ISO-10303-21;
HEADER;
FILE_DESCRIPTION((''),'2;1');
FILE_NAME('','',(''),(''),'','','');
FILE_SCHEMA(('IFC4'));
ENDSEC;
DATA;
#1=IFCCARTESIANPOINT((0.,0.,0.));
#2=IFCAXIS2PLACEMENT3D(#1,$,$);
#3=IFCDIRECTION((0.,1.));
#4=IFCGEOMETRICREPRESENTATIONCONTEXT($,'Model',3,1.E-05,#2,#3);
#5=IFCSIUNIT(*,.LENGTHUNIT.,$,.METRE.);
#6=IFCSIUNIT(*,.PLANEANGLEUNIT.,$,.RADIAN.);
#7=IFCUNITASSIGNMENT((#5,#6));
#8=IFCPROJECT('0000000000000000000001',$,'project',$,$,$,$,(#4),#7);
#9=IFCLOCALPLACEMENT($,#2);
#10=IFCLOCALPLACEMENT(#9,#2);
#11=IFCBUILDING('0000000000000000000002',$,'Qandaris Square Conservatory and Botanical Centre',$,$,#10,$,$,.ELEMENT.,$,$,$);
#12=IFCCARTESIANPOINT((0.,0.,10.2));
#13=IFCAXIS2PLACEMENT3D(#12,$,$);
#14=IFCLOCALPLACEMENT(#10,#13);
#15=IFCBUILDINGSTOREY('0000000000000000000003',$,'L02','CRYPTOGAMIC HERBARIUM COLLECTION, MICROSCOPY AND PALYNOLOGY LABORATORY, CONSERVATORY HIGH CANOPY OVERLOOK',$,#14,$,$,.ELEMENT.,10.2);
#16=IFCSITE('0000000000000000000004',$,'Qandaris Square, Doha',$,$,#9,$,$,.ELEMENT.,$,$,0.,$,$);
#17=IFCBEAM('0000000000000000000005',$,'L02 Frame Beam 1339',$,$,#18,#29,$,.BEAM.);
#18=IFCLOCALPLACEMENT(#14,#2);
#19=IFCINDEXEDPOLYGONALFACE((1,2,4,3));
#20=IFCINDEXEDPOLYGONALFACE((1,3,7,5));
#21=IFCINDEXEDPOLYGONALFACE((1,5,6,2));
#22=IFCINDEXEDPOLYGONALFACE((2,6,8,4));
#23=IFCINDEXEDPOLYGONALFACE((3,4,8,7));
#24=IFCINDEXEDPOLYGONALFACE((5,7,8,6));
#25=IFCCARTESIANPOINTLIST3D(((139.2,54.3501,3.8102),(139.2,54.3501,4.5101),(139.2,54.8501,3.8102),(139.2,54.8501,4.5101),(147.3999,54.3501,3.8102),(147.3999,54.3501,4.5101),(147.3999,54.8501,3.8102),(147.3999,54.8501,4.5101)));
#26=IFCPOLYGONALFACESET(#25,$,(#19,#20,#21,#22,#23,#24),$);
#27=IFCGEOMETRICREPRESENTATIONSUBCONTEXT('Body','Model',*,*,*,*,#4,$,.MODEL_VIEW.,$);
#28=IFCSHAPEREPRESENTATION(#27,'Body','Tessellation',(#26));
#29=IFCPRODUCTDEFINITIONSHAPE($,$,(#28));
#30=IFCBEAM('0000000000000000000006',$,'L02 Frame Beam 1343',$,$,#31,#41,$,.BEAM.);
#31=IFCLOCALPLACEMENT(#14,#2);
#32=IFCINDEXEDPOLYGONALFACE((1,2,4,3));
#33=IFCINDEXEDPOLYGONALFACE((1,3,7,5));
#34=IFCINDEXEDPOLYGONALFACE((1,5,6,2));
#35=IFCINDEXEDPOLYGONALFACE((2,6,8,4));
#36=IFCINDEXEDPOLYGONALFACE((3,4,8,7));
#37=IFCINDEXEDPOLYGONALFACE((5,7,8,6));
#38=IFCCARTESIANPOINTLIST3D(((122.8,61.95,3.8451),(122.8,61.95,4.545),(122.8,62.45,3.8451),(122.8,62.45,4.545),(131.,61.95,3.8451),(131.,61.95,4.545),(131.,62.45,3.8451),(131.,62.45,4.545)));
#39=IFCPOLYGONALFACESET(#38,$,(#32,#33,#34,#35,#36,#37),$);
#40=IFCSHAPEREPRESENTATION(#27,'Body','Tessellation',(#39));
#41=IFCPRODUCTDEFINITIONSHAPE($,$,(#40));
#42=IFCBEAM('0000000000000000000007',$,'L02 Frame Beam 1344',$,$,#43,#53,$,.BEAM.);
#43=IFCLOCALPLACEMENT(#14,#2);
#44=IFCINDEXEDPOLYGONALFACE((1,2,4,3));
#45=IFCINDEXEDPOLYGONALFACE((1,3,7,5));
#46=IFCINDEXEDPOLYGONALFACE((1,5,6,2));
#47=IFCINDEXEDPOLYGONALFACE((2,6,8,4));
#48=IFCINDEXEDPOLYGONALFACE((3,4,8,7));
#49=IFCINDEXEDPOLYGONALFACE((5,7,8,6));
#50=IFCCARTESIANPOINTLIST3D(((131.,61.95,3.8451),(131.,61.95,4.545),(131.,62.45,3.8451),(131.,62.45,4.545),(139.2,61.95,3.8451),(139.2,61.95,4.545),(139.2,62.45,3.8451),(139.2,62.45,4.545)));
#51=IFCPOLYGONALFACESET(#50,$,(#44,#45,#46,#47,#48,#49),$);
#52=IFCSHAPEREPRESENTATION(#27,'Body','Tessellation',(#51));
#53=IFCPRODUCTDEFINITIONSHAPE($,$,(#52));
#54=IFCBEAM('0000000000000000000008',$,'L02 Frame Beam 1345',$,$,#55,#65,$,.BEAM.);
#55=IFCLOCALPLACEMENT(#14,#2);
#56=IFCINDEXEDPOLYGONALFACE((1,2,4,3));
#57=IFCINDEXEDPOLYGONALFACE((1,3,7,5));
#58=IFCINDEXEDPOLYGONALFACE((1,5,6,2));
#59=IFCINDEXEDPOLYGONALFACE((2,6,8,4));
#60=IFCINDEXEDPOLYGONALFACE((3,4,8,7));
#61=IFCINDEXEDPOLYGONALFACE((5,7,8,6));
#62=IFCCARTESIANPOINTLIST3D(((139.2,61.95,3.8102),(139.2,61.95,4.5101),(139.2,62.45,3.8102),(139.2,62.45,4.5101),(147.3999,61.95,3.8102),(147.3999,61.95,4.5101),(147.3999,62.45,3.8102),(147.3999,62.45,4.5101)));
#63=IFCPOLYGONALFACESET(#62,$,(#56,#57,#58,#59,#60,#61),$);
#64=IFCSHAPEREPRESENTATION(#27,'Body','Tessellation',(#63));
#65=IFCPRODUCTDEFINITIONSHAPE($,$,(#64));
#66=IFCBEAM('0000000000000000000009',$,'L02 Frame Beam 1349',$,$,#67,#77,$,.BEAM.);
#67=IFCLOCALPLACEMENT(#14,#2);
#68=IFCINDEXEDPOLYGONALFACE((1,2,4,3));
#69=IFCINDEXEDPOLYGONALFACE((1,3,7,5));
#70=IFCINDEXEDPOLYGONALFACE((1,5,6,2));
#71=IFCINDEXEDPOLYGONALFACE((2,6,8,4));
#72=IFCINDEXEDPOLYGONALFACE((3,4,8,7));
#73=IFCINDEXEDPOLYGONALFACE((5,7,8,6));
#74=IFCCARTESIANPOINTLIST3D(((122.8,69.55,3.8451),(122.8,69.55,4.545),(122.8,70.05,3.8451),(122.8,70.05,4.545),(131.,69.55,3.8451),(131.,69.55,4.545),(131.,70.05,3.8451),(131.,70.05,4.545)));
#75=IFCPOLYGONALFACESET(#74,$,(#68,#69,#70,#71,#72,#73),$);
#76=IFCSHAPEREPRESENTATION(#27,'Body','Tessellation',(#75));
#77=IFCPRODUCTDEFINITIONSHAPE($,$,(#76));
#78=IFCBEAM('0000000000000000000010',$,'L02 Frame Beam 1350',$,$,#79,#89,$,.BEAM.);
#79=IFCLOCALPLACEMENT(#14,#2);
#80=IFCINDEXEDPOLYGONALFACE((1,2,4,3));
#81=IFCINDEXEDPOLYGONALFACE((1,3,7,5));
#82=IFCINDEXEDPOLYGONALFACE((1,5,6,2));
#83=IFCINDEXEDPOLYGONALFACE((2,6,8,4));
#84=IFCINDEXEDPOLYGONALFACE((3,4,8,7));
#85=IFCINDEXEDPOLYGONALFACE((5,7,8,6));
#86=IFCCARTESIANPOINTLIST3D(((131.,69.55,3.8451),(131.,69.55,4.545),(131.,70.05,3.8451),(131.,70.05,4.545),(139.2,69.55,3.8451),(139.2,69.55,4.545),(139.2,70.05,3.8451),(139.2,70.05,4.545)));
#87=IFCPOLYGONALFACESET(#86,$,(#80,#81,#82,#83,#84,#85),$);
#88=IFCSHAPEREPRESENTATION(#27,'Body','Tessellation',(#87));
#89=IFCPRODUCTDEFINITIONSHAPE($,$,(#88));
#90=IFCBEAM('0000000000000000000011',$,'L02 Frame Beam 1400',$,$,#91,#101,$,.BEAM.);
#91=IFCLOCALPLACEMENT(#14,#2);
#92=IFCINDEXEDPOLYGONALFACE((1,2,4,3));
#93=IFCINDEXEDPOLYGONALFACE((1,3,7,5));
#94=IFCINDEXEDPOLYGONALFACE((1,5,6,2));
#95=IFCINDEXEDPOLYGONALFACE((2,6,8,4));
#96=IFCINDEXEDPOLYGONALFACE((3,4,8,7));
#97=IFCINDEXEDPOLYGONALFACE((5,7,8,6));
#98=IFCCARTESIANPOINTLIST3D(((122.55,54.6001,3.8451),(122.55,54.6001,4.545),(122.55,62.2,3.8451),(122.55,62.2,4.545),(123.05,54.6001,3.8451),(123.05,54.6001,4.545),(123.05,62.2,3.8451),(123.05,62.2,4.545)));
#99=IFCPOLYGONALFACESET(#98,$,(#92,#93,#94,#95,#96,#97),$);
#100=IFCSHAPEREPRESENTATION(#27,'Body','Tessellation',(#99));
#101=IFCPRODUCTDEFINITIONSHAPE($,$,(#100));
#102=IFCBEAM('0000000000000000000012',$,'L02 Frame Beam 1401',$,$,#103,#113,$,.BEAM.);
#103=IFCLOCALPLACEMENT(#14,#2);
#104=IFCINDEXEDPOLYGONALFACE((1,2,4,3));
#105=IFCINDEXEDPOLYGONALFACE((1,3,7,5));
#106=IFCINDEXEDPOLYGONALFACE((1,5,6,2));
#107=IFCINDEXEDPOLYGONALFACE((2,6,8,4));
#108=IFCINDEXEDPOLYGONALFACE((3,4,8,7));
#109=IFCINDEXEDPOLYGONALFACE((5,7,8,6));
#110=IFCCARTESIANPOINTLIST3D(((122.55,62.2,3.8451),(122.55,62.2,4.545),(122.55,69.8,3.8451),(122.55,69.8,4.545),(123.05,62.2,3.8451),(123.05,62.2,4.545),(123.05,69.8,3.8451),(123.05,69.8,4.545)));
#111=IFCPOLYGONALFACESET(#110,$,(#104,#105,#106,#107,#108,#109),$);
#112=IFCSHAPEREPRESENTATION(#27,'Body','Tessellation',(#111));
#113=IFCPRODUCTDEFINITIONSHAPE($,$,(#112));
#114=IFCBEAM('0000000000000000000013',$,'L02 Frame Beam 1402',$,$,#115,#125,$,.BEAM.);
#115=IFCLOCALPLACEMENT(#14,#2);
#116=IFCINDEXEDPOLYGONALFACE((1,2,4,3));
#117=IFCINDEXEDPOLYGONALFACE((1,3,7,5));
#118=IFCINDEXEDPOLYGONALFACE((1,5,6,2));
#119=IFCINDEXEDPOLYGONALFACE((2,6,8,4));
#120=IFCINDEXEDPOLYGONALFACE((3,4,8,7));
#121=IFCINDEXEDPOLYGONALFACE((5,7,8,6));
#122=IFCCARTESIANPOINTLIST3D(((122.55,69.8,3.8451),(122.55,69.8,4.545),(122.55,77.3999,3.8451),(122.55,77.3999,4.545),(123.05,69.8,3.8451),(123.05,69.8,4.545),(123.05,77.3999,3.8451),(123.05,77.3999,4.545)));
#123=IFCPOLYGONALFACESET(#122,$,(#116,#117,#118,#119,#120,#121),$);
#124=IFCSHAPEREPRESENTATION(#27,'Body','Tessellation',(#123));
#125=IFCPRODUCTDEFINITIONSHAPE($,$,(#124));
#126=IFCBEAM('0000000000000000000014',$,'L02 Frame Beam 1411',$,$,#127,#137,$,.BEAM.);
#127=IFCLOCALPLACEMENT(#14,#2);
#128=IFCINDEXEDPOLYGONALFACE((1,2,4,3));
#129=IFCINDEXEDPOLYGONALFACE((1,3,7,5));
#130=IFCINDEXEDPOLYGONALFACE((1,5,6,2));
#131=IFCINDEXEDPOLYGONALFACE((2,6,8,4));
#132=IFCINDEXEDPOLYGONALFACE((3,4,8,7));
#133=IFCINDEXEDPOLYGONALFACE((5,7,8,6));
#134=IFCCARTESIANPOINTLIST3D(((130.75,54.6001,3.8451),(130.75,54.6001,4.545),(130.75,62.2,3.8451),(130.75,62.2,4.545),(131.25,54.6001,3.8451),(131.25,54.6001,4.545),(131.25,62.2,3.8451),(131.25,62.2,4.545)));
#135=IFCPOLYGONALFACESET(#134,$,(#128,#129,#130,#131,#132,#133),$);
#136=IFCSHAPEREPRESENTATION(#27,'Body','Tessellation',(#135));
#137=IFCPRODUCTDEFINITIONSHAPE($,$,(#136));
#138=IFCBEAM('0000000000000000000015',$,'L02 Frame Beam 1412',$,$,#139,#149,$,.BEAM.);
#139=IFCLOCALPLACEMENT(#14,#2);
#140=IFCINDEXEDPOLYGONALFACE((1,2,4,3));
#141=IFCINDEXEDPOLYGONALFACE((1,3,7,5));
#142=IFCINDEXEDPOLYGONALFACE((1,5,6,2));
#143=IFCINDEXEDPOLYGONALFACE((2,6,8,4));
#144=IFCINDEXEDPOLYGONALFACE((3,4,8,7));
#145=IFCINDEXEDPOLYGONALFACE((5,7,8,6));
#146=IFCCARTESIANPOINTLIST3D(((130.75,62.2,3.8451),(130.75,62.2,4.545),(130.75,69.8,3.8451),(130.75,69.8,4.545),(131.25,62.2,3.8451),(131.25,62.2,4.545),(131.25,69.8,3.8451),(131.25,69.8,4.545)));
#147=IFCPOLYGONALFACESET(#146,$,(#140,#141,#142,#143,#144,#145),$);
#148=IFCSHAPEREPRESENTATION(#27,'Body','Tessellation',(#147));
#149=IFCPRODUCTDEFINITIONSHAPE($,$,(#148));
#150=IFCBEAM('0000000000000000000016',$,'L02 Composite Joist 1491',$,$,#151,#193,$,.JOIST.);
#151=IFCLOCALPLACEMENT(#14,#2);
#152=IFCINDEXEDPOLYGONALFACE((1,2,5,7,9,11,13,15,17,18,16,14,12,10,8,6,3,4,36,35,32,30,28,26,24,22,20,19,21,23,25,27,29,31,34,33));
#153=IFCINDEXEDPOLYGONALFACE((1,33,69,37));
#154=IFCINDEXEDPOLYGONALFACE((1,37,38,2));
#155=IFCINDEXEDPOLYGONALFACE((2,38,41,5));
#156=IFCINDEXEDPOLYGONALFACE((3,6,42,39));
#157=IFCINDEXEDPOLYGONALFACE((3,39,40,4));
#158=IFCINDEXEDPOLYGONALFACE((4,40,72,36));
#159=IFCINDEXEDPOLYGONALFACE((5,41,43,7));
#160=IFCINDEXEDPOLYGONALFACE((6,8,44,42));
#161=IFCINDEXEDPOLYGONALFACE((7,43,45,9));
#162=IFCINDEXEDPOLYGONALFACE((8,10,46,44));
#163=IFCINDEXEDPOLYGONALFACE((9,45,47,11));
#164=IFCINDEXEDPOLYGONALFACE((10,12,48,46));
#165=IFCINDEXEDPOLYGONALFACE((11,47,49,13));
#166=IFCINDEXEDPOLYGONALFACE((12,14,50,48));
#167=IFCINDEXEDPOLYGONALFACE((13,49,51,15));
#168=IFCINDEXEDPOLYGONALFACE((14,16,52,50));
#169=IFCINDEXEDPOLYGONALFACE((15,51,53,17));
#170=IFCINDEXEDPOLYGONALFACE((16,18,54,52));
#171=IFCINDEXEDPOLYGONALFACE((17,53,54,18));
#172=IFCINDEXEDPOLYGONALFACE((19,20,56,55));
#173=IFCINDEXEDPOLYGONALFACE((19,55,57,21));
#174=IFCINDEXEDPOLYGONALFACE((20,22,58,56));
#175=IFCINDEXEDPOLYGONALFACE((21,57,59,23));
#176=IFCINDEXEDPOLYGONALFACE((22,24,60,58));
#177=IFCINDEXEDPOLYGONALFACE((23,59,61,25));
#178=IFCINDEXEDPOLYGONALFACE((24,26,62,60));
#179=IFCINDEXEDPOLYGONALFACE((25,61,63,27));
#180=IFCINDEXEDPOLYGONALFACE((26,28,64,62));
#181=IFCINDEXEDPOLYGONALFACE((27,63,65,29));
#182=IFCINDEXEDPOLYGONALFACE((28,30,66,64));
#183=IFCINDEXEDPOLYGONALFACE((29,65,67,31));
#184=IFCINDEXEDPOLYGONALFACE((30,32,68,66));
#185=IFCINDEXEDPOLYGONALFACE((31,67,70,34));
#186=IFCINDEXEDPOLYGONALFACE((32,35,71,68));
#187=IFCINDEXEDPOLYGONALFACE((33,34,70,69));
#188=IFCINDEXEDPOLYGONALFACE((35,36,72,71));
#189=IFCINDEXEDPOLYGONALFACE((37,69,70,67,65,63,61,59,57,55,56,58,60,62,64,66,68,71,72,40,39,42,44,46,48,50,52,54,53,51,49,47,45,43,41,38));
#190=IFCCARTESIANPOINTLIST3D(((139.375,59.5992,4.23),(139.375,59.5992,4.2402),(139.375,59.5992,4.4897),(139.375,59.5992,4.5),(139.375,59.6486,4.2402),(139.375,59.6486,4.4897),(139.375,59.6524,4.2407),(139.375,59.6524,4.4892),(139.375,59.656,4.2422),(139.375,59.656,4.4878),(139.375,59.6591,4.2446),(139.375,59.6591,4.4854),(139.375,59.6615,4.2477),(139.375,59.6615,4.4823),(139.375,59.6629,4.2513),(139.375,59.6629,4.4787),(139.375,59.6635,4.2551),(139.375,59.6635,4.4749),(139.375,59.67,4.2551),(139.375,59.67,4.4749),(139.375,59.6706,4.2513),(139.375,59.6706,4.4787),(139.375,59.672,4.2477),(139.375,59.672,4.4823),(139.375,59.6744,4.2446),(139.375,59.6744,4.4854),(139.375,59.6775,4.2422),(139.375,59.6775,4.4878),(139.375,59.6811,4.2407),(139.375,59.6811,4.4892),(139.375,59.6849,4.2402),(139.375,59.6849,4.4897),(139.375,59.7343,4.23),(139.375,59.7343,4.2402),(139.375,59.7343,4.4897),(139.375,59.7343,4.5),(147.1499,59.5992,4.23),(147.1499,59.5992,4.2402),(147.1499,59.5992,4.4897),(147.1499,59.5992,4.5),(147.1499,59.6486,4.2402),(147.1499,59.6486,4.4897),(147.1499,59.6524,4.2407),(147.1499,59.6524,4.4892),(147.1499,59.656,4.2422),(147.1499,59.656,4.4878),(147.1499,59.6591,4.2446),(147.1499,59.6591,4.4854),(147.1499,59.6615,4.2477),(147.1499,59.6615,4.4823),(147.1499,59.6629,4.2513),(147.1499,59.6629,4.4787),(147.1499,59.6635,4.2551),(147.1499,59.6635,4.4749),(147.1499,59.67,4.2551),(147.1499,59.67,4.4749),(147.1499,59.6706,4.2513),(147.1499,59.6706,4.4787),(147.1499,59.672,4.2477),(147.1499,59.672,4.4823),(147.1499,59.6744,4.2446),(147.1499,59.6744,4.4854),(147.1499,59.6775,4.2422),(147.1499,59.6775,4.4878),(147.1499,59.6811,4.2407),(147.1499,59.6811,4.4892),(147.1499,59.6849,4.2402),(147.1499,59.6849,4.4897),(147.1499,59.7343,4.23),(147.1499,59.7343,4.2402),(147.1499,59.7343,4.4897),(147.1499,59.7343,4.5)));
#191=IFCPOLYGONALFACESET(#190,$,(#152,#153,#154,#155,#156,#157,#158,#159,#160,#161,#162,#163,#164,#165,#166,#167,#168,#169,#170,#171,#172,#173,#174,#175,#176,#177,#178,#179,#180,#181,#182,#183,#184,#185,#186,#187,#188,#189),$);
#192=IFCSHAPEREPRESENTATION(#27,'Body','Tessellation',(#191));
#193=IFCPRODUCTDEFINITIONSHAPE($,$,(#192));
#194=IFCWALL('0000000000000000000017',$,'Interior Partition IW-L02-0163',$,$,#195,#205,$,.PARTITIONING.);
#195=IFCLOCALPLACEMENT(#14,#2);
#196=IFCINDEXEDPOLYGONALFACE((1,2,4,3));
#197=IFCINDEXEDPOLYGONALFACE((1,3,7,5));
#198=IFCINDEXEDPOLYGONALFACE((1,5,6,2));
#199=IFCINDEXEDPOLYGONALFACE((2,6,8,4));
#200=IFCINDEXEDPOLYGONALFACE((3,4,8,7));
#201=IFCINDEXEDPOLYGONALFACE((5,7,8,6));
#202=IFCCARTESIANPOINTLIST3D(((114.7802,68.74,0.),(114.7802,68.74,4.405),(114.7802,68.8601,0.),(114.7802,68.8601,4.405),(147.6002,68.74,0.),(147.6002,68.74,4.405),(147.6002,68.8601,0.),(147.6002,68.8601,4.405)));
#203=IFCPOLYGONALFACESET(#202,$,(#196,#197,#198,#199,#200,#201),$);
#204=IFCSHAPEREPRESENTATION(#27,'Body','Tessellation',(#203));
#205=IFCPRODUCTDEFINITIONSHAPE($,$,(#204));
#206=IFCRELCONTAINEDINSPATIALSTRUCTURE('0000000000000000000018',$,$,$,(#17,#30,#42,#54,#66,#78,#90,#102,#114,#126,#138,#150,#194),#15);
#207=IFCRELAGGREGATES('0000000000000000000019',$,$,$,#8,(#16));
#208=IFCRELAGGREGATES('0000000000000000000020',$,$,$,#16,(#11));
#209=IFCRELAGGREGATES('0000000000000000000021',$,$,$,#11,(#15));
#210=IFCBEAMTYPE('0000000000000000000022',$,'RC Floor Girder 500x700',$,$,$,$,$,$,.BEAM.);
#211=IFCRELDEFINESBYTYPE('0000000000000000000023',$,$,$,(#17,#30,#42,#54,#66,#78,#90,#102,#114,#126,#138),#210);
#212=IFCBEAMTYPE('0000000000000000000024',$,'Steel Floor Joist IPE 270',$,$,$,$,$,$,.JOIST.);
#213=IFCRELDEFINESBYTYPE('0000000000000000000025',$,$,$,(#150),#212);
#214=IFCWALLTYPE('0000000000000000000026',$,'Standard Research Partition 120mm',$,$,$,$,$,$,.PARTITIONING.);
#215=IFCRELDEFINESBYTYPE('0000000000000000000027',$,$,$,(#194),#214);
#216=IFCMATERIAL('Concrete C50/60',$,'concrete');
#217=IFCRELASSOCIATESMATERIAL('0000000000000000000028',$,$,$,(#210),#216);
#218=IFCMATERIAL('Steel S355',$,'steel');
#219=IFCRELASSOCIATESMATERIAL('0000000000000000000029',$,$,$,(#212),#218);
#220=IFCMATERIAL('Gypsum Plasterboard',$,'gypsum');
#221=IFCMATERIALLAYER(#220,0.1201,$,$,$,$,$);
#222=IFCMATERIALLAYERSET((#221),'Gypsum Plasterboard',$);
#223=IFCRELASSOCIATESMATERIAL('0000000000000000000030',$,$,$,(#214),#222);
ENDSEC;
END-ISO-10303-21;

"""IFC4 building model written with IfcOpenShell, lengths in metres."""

from ifc_helpers import new_model, si_unit, direction, frame, frame_2d, origin, origin_2d, place, context, subcontext, project, spatial, rectangle, i_section, extrude, material, layer, layer_set, material_profile, profile_set, type_object, element, save


model = new_model("IFC4")

# Units and contexts
model_context = context("Model", 3, precision=1e-05, world=origin(), true_north=direction((0.0, 1.0)))
body_context = subcontext(model_context, "Body", "Model", "MODEL_VIEW")
ifc_project = project(units=[si_unit("LENGTHUNIT", "METRE"), si_unit("PLANEANGLEUNIT", "RADIAN")], contexts=[model_context])

# Site, building, storey
site_placement = place(None, origin())
site = spatial("IfcSite", under=ifc_project, at=site_placement, Name="Qandaris Square, Doha", CompositionType="ELEMENT", RefElevation=0.0)
building_placement = place(site_placement, origin())
building = spatial("IfcBuilding", under=site, at=building_placement, Name="Qandaris Square Conservatory and Botanical Centre", CompositionType="ELEMENT")
storey_placement = place(building_placement, frame((0.0, 0.0, 10.2)))
storey = spatial("IfcBuildingStorey", under=building, at=storey_placement, Name="L02", Description="CRYPTOGAMIC HERBARIUM COLLECTION, MICROSCOPY AND PALYNOLOGY LABORATORY, CONSERVATORY HIGH CANOPY OVERLOOK", CompositionType="ELEMENT", Elevation=10.2)

# Shared definitions
ifc_material_1 = material(Name="Concrete C50/60", Category="concrete")

# Beams
ifc_material_2 = material(Name="Steel S355", Category="steel")
ifc_material_profile_1 = material_profile(ifc_material_1, rectangle(XDim=0.5, YDim=0.7, at=origin_2d()), Name="RC-BM 500x700")
ifc_profile_set_1 = profile_set([ifc_material_profile_1], Name="Concrete C50/60")
beam_type_1 = type_object("IfcBeamType", Name="RC Floor Girder 500x700", PredefinedType="BEAM", material=ifc_profile_set_1)
for number, where, z_axis, x_axis, name in (
    (1, (139.2, 54.6001, 4.1602), (1.0, 0.0, 0.0), (0.0, 1.0, 0.0), "L02 Frame Beam 1339"),
    (2, (122.8, 62.2, 4.1951), (1.0, 0.0, 0.0), (0.0, 1.0, 0.0), "L02 Frame Beam 1343"),
    (3, (131.0, 62.2, 4.1951), (1.0, 0.0, 0.0), (0.0, 1.0, 0.0), "L02 Frame Beam 1344"),
    (4, (139.2, 62.2, 4.1602), (1.0, 0.0, 0.0), (0.0, 1.0, 0.0), "L02 Frame Beam 1345"),
    (5, (122.8, 69.8, 4.1951), (1.0, 0.0, 0.0), (0.0, 1.0, 0.0), "L02 Frame Beam 1349"),
    (6, (131.0, 69.8, 4.1951), (1.0, 0.0, 0.0), (0.0, 1.0, 0.0), "L02 Frame Beam 1350"),
):
    element("IfcBeam", number, at=place(storey_placement, frame(where, z_axis=z_axis, x_axis=x_axis)), inside=storey, type_object=beam_type_1, Name=name, PredefinedType="BEAM", context=body_context, shape_type="SweptSolid", body=[
        extrude(rectangle(XDim=0.5, YDim=0.7, at=origin_2d()), origin(), (0.0, 0.0, 1.0), 8.2),
    ])
beam_1_placement = place(storey_placement, frame((122.8, 54.6001, 4.1951), z_axis=(0.0, 1.0, 0.0), x_axis=(-1.0, 0.0, 0.0)))
element("IfcBeam", 7, at=beam_1_placement, inside=storey, type_object=beam_type_1, Name="L02 Frame Beam 1400", PredefinedType="BEAM", context=body_context, shape_type="SweptSolid", body=[
    extrude(rectangle(XDim=0.5, YDim=0.7, at=origin_2d()), origin(), (0.0, 0.0, 1.0), 7.5999),
])
beam_2_placement = place(storey_placement, frame((122.8, 62.2, 4.1951), z_axis=(0.0, 1.0, 0.0), x_axis=(-1.0, 0.0, 0.0)))
element("IfcBeam", 8, at=beam_2_placement, inside=storey, type_object=beam_type_1, Name="L02 Frame Beam 1401", PredefinedType="BEAM", context=body_context, shape_type="SweptSolid", body=[
    extrude(rectangle(XDim=0.5, YDim=0.7, at=origin_2d()), origin(), (0.0, 0.0, 1.0), 7.6001),
])
for number, where, z_axis, x_axis, name in (
    (9, (122.8, 69.8, 4.1951), (0.0, 1.0, 0.0), (-1.0, 0.0, 0.0), "L02 Frame Beam 1402"),
    (10, (131.0, 54.6001, 4.1951), (0.0, 1.0, 0.0), (-1.0, 0.0, 0.0), "L02 Frame Beam 1411"),
):
    element("IfcBeam", number, at=place(storey_placement, frame(where, z_axis=z_axis, x_axis=x_axis)), inside=storey, type_object=beam_type_1, Name=name, PredefinedType="BEAM", context=body_context, shape_type="SweptSolid", body=[
        extrude(rectangle(XDim=0.5, YDim=0.7, at=origin_2d()), origin(), (0.0, 0.0, 1.0), 7.5999),
    ])
beam_3_placement = place(storey_placement, frame((131.0, 62.2, 4.1951), z_axis=(0.0, 1.0, 0.0), x_axis=(-1.0, 0.0, 0.0)))
element("IfcBeam", 11, at=beam_3_placement, inside=storey, type_object=beam_type_1, Name="L02 Frame Beam 1412", PredefinedType="BEAM", context=body_context, shape_type="SweptSolid", body=[
    extrude(rectangle(XDim=0.5, YDim=0.7, at=origin_2d()), origin(), (0.0, 0.0, 1.0), 7.6001),
])
ifc_material_profile_2 = material_profile(ifc_material_2, i_section(OverallWidth=0.135, OverallDepth=0.27, WebThickness=0.0066, FlangeThickness=0.0103, FilletRadius=0.0149, at=origin_2d()), Name="IPE 270")
ifc_profile_set_2 = profile_set([ifc_material_profile_2], Name="Steel S355")
beam_type_2 = type_object("IfcBeamType", Name="Steel Floor Joist IPE 270", PredefinedType="JOIST", material=ifc_profile_set_2)
beam_4_placement = place(storey_placement, frame((139.375, 59.6667, 4.365), z_axis=(1.0, 0.0, 0.0), x_axis=(0.0, 1.0, 0.0)))
element("IfcBeam", 12, at=beam_4_placement, inside=storey, type_object=beam_type_2, Name="L02 Composite Joist 1491", PredefinedType="JOIST", context=body_context, shape_type="SweptSolid", body=[
    extrude(i_section(OverallWidth=0.135, OverallDepth=0.27, WebThickness=0.0066, FlangeThickness=0.0103, FilletRadius=0.0149, at=origin_2d()), origin(), (0.0, 0.0, 1.0), 7.7749),
])

# Wall
ifc_material_3 = material(Name="Gypsum Plasterboard", Category="gypsum")
ifc_layer = layer(ifc_material_3, 0.1201)
ifc_layer_set = layer_set([ifc_layer], Name="Gypsum Plasterboard")
wall_type = type_object("IfcWallType", Name="Standard Research Partition 120mm", PredefinedType="PARTITIONING", material=ifc_layer_set)
wall_placement = place(storey_placement, frame((114.78, 68.8, 0.0), z_axis=(0.0, 0.0, 1.0), x_axis=(1.0, 0.0, 0.0)))
element("IfcWall", 13, at=wall_placement, inside=storey, type_object=wall_type, Name="Interior Partition IW-L02-0163", PredefinedType="PARTITIONING", context=body_context, shape_type="SweptSolid", body=[
    extrude(rectangle(XDim=32.8201, YDim=0.1201, at=frame_2d((16.4102, 0.0))), origin(), (0.0, 0.0, 1.0), 4.405),
])

save(model, "model.ifc")
